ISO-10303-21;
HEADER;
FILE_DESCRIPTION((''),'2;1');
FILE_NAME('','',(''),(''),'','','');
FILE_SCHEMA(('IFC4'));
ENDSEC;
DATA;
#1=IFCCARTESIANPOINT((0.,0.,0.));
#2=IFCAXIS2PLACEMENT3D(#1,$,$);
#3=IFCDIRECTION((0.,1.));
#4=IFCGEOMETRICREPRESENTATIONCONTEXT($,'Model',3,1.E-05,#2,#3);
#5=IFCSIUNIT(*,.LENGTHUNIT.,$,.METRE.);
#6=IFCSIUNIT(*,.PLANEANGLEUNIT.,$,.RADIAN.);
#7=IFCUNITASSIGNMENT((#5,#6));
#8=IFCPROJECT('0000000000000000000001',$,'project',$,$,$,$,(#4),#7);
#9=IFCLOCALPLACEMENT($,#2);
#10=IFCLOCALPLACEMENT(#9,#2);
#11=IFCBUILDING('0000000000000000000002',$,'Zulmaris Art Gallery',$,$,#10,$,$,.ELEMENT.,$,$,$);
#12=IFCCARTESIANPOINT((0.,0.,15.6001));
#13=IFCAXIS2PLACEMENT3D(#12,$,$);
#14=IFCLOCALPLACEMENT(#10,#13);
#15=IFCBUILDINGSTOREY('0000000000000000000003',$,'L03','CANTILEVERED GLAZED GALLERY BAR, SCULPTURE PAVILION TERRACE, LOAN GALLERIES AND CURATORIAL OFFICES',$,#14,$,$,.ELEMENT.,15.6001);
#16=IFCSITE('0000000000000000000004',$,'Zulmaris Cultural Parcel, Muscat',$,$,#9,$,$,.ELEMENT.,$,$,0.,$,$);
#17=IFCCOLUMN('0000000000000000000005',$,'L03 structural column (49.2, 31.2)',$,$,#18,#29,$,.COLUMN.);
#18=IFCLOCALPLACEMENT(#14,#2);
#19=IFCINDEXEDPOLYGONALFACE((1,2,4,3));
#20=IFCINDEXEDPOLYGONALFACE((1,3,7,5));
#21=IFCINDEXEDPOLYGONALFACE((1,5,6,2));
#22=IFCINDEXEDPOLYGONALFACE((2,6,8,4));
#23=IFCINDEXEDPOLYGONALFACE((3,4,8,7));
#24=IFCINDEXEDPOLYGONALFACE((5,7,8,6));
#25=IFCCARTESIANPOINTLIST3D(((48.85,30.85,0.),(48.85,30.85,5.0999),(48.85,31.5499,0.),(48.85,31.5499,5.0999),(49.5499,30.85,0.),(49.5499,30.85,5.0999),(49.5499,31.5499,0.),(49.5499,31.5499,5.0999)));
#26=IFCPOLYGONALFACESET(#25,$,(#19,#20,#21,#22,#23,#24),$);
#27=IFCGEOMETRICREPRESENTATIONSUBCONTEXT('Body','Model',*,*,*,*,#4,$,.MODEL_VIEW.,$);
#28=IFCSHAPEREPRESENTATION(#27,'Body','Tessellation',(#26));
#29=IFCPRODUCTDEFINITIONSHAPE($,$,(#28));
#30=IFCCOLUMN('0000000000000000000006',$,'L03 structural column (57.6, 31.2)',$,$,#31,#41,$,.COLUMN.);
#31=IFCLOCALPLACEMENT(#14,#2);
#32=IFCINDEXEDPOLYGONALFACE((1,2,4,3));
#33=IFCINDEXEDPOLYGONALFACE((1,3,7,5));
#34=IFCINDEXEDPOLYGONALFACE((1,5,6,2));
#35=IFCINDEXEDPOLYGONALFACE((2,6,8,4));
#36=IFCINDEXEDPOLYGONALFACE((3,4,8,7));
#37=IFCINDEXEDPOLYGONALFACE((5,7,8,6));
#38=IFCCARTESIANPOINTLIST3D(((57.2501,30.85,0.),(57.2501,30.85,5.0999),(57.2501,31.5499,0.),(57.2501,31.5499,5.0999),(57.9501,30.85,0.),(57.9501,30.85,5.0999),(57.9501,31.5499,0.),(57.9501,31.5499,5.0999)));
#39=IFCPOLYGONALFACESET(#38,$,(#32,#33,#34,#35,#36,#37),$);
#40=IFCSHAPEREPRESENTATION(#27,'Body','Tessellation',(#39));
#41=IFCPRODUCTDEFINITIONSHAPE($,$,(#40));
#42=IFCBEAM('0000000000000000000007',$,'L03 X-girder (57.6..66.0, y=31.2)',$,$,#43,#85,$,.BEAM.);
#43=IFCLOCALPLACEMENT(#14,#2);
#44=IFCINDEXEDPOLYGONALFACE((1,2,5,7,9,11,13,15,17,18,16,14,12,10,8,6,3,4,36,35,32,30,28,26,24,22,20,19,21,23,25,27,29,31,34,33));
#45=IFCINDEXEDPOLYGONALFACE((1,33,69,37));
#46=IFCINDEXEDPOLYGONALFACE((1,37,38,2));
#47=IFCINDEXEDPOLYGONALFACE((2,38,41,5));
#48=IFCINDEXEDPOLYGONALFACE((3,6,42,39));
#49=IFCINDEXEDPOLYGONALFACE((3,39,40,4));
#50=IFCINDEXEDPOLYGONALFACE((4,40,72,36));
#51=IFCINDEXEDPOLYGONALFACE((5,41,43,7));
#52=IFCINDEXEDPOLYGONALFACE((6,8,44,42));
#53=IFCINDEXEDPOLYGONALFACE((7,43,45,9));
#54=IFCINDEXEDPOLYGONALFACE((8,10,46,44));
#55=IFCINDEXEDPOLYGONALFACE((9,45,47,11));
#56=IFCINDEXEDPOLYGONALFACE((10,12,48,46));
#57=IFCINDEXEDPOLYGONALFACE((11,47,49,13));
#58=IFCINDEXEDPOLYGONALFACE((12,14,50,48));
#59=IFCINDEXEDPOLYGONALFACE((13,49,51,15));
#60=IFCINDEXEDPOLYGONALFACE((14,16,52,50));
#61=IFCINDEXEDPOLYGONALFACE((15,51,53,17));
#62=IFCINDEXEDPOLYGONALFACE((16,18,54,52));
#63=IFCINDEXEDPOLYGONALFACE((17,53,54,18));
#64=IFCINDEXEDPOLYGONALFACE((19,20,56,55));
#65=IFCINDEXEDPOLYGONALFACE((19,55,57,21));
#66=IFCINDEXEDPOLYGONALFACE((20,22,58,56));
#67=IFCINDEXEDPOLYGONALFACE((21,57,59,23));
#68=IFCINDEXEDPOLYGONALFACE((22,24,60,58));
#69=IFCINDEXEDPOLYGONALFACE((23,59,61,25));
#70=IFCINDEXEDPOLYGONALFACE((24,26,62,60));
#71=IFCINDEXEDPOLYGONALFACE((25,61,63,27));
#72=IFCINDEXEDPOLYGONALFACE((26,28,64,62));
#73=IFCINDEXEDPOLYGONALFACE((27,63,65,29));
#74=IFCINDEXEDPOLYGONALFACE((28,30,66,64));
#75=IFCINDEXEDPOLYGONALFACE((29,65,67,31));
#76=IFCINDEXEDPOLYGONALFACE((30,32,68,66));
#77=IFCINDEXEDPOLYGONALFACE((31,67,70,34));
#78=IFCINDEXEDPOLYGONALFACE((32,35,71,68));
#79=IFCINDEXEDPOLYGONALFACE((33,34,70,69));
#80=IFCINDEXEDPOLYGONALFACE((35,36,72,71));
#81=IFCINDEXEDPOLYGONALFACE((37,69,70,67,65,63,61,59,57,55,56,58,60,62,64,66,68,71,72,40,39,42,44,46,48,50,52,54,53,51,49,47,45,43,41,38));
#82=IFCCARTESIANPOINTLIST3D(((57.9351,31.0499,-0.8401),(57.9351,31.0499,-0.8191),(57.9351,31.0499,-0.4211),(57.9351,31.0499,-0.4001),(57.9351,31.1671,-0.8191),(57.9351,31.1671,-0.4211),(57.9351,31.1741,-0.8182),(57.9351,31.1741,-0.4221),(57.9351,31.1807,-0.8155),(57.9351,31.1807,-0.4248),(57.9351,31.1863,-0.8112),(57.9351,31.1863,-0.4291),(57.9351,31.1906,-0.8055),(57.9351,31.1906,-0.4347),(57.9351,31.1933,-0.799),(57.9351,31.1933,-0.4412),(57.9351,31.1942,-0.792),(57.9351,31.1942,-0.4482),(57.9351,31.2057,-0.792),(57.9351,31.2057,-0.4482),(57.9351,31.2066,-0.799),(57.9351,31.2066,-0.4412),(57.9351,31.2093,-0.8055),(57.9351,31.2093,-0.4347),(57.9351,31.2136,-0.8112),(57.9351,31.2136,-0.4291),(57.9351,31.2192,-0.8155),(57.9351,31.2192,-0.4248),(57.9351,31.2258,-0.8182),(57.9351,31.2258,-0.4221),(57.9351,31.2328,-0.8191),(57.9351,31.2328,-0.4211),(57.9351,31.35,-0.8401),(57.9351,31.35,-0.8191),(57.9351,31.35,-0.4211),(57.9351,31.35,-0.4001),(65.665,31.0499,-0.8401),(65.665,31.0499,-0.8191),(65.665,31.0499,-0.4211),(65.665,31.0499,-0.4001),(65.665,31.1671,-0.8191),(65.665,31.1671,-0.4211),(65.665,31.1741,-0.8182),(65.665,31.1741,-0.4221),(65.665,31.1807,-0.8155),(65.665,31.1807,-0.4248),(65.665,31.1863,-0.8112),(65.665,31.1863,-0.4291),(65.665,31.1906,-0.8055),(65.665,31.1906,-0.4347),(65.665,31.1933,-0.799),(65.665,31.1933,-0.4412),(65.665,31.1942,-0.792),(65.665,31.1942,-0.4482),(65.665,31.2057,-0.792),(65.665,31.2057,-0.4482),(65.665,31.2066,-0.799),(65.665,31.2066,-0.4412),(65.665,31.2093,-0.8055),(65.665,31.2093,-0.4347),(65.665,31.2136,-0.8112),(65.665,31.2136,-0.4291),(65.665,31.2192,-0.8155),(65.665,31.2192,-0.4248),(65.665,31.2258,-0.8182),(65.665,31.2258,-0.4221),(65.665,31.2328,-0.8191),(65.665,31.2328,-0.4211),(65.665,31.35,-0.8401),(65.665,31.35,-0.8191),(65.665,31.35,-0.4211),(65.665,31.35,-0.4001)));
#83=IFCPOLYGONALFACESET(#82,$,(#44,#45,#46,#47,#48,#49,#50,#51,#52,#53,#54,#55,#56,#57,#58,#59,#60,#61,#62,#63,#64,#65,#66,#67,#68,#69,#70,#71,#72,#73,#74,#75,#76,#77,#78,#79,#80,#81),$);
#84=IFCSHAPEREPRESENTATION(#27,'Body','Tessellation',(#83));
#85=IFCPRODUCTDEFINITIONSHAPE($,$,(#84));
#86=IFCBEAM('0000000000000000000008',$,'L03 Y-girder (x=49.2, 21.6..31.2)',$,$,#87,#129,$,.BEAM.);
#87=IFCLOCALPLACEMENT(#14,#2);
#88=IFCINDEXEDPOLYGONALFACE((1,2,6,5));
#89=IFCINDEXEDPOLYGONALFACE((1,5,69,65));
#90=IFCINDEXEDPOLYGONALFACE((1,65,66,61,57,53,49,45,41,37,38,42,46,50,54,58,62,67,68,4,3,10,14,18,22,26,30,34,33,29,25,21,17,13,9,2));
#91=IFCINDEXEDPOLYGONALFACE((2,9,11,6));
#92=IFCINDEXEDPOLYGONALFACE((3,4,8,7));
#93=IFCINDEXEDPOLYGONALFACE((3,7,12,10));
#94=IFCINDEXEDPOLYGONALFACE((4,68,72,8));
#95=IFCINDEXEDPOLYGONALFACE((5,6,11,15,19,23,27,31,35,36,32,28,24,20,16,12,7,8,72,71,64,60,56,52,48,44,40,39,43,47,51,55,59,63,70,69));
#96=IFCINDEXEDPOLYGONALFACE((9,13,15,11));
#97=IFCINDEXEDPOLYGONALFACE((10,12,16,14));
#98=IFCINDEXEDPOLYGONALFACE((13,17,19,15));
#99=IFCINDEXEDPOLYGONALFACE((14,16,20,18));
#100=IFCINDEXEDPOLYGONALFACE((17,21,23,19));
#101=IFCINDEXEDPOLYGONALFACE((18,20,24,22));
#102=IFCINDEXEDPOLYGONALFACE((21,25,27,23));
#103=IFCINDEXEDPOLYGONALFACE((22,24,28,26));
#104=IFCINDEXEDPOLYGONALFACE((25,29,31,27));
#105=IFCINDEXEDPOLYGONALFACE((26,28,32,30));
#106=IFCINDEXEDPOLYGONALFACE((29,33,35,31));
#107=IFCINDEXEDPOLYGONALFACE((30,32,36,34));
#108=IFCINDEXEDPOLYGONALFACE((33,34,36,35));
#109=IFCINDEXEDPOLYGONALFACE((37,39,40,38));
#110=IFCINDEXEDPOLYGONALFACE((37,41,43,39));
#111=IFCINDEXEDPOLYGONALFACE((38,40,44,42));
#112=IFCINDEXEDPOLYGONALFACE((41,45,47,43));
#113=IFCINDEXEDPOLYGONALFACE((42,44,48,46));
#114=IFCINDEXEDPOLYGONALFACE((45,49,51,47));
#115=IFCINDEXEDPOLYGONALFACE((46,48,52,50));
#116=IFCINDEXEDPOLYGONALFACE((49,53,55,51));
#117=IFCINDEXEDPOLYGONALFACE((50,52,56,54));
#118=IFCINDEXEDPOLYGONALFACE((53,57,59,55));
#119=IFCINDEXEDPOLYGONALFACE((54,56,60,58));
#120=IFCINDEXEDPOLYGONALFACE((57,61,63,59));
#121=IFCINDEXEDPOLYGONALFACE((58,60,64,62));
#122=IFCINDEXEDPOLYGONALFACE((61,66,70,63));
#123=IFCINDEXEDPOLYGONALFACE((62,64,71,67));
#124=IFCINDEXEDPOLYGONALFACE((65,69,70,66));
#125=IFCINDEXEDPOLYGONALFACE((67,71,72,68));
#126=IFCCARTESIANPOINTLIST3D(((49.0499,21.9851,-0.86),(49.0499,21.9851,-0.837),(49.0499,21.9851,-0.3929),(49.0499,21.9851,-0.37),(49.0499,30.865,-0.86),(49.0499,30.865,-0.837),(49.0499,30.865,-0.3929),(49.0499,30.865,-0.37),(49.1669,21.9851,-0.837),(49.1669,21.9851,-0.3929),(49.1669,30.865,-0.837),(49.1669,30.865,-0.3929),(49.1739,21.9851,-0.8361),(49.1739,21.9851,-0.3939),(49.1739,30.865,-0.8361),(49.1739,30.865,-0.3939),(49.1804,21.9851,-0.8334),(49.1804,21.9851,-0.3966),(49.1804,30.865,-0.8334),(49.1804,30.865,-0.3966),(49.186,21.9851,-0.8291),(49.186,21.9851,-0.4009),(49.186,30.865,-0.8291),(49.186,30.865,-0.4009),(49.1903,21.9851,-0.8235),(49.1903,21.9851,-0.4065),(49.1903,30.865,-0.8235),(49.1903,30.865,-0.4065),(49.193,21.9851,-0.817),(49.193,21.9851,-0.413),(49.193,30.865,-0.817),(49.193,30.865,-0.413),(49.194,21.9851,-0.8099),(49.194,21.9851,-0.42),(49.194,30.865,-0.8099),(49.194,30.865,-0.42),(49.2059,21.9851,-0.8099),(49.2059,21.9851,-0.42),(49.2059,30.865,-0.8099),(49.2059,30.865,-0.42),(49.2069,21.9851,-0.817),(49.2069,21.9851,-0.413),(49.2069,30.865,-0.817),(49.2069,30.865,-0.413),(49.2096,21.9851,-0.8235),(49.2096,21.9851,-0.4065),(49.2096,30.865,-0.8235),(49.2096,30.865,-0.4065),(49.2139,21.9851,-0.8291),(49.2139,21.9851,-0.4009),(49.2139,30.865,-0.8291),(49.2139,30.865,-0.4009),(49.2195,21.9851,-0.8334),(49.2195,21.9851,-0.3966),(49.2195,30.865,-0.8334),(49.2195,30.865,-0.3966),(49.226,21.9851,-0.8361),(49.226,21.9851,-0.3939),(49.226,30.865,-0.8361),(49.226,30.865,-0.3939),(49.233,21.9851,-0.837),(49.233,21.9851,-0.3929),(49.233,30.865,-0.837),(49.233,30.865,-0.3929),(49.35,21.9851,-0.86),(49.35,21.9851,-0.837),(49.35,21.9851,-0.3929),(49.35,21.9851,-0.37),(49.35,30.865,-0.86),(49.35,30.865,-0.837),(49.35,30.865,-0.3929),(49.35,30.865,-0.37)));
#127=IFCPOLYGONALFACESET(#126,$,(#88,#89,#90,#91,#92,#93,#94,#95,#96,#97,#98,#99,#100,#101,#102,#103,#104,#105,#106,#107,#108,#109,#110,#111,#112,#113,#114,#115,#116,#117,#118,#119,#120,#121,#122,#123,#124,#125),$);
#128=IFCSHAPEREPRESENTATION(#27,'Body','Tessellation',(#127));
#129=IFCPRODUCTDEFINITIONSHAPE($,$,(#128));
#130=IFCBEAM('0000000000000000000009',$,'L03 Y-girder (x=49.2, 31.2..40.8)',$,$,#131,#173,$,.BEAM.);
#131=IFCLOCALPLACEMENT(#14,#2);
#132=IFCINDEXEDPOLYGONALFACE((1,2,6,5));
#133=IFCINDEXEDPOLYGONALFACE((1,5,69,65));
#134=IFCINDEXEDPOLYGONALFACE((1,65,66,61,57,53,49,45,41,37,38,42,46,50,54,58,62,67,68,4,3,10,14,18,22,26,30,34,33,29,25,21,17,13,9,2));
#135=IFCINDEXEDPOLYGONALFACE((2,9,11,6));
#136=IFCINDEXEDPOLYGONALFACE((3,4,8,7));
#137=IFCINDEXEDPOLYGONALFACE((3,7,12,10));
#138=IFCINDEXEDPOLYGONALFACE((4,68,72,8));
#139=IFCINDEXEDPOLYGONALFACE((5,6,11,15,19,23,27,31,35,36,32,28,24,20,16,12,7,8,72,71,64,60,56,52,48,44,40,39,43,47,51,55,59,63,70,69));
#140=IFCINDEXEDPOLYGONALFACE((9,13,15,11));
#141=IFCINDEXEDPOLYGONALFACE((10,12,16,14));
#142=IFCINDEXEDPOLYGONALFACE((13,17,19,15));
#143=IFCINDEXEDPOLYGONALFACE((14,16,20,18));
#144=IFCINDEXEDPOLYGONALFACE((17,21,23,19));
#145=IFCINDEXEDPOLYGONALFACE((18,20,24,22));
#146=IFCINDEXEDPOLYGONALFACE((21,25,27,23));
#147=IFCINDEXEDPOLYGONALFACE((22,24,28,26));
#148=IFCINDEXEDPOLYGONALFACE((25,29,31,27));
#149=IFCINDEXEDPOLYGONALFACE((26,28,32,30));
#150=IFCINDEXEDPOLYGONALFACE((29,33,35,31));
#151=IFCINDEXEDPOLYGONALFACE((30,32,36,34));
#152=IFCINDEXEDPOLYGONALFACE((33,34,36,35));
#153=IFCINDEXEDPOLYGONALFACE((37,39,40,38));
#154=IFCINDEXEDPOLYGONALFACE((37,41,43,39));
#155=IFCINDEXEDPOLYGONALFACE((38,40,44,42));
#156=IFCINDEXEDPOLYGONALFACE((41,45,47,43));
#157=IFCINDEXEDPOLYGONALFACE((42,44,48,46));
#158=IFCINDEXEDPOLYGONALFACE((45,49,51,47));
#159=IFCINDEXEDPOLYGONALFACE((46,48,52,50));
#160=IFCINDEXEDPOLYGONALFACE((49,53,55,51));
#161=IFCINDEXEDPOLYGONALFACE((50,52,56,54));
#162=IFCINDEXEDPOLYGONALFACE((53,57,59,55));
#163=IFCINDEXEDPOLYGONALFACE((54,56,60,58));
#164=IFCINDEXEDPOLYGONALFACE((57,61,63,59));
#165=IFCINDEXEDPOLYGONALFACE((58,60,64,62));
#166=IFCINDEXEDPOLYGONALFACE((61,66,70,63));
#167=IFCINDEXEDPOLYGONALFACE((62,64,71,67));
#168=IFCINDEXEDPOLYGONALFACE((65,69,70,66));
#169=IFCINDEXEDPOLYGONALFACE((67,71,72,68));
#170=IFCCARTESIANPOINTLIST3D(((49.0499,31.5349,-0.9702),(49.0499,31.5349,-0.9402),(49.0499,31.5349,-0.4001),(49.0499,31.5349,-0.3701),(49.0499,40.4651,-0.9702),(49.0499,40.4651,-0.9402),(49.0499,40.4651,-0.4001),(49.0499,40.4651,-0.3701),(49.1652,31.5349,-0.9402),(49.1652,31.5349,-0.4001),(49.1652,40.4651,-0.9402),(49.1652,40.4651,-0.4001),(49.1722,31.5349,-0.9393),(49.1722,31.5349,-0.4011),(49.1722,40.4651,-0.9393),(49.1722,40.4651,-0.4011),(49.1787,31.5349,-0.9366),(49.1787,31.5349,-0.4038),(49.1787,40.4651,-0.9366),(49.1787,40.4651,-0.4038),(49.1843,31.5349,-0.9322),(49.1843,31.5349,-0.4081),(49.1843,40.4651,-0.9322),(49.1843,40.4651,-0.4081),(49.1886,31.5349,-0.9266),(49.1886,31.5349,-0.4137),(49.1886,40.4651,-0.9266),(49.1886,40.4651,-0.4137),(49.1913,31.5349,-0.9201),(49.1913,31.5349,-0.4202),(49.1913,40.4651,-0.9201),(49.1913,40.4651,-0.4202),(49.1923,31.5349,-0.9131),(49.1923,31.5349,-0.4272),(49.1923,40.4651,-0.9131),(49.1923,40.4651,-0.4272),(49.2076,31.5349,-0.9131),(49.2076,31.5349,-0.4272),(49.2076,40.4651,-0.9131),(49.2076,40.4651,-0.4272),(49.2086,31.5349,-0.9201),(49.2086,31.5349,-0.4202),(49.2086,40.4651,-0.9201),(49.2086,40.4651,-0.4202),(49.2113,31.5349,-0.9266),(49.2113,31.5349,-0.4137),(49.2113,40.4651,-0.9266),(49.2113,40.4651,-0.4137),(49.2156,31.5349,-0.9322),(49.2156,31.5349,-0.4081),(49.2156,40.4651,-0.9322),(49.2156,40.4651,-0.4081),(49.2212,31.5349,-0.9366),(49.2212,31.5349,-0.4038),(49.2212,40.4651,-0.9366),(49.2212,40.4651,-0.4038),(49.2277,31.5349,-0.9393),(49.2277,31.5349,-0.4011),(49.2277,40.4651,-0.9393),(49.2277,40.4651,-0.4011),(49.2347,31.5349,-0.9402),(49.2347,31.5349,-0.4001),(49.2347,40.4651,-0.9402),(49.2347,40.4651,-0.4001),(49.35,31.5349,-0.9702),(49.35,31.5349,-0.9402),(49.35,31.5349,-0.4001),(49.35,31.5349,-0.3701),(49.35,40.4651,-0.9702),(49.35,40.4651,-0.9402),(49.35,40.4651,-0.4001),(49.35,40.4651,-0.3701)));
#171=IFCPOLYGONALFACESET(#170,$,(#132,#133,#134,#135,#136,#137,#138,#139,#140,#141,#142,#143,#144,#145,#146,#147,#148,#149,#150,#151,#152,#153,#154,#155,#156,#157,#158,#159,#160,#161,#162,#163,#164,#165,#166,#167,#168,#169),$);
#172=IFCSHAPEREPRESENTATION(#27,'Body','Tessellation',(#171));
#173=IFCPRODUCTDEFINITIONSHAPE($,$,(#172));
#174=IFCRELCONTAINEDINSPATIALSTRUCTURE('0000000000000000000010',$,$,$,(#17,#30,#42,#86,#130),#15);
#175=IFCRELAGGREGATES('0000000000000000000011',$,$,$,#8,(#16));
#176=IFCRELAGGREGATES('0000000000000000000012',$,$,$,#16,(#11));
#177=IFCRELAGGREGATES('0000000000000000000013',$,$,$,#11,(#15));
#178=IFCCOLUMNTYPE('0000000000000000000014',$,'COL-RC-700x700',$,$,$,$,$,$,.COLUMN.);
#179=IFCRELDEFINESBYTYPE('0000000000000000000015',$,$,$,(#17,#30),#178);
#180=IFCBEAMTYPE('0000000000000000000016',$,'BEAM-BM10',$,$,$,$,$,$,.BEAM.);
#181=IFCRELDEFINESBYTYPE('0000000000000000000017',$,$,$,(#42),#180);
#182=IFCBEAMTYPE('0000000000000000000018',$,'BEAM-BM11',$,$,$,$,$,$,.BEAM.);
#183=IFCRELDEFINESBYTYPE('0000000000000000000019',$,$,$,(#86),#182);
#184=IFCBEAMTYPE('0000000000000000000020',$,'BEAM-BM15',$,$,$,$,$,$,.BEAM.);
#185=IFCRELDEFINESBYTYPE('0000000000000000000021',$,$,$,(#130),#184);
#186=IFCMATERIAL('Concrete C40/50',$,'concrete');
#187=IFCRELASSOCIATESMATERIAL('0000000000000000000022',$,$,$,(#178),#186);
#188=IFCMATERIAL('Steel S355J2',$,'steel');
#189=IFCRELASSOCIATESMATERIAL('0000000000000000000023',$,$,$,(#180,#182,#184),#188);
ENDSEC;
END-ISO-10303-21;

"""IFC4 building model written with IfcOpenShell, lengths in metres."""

from ifc_helpers import new_model, si_unit, direction, frame, origin, origin_2d, place, context, subcontext, project, spatial, rectangle, i_section, extrude, material, material_profile, profile_set, type_object, element, save


model = new_model("IFC4")

# Units and contexts
model_context = context("Model", 3, precision=1e-05, world=origin(), true_north=direction((0.0, 1.0)))
body_context = subcontext(model_context, "Body", "Model", "MODEL_VIEW")
ifc_project = project(units=[si_unit("LENGTHUNIT", "METRE"), si_unit("PLANEANGLEUNIT", "RADIAN")], contexts=[model_context])

# Site, building, storey
site_placement = place(None, origin())
site = spatial("IfcSite", under=ifc_project, at=site_placement, Name="Zulmaris Cultural Parcel, Muscat", CompositionType="ELEMENT", RefElevation=0.0)
building_placement = place(site_placement, origin())
building = spatial("IfcBuilding", under=site, at=building_placement, Name="Zulmaris Art Gallery", CompositionType="ELEMENT")
storey_placement = place(building_placement, frame((0.0, 0.0, 15.6001)))
storey = spatial("IfcBuildingStorey", under=building, at=storey_placement, Name="L03", Description="CANTILEVERED GLAZED GALLERY BAR, SCULPTURE PAVILION TERRACE, LOAN GALLERIES AND CURATORIAL OFFICES", CompositionType="ELEMENT", Elevation=15.6001)

# Columns
ifc_material_1 = material(Name="Concrete C40/50", Category="concrete")
ifc_material_profile_1 = material_profile(ifc_material_1, rectangle(XDim=0.7, YDim=0.7, at=origin_2d()), Name="RC 700x700")
ifc_profile_set_1 = profile_set([ifc_material_profile_1], Name="Concrete C40/50")
column_type = type_object("IfcColumnType", Name="COL-RC-700x700", PredefinedType="COLUMN", material=ifc_profile_set_1)
for number, where, z_axis, x_axis, name in (
    (1, (49.2, 31.2, 0.0), (0.0, 0.0, 1.0), (1.0, 0.0, 0.0), "L03 structural column (49.2, 31.2)"),
    (2, (57.6001, 31.2, 0.0), (0.0, 0.0, 1.0), (1.0, 0.0, 0.0), "L03 structural column (57.6, 31.2)"),
):
    element("IfcColumn", number, at=place(storey_placement, frame(where, z_axis=z_axis, x_axis=x_axis)), inside=storey, type_object=column_type, Name=name, PredefinedType="COLUMN", context=body_context, shape_type="SweptSolid", body=[
        extrude(rectangle(XDim=0.7, YDim=0.7, at=origin_2d()), origin(), (0.0, 0.0, 1.0), 5.0999),
    ])

# Beams
ifc_material_2 = material(Name="Steel S355J2", Category="steel")
ifc_material_profile_2 = material_profile(ifc_material_2, i_section(OverallWidth=0.3, OverallDepth=0.4399, WebThickness=0.0115, FlangeThickness=0.021, FilletRadius=0.0271, at=origin_2d()), Name="HEA 450")
ifc_profile_set_2 = profile_set([ifc_material_profile_2], Name="Steel S355J2")
beam_type_1 = type_object("IfcBeamType", Name="BEAM-BM10", PredefinedType="BEAM", material=ifc_profile_set_2)
beam_1_placement = place(storey_placement, frame((57.9351, 31.2, -0.6201), z_axis=(1.0, 0.0, 0.0), x_axis=(0.0, 1.0, 0.0)))
element("IfcBeam", 3, at=beam_1_placement, inside=storey, type_object=beam_type_1, Name="L03 X-girder (57.6..66.0, y=31.2)", PredefinedType="BEAM", context=body_context, shape_type="SweptSolid", body=[
    extrude(i_section(OverallWidth=0.3, OverallDepth=0.4399, WebThickness=0.0115, FlangeThickness=0.021, FilletRadius=0.0271, at=origin_2d()), origin(), (0.0, 0.0, 1.0), 7.73),
])
ifc_material_profile_3 = material_profile(ifc_material_2, i_section(OverallWidth=0.3, OverallDepth=0.49, WebThickness=0.012, FlangeThickness=0.0229, FilletRadius=0.0271, at=origin_2d()), Name="HEA 500")
ifc_profile_set_3 = profile_set([ifc_material_profile_3], Name="Steel S355J2")
beam_type_2 = type_object("IfcBeamType", Name="BEAM-BM11", PredefinedType="BEAM", material=ifc_profile_set_3)
beam_2_placement = place(storey_placement, frame((49.2, 21.9851, -0.615), z_axis=(0.0, 1.0, 0.0), x_axis=(-1.0, 0.0, 0.0)))
element("IfcBeam", 4, at=beam_2_placement, inside=storey, type_object=beam_type_2, Name="L03 Y-girder (x=49.2, 21.6..31.2)", PredefinedType="BEAM", context=body_context, shape_type="SweptSolid", body=[
    extrude(i_section(OverallWidth=0.3, OverallDepth=0.49, WebThickness=0.012, FlangeThickness=0.0229, FilletRadius=0.0271, at=origin_2d()), origin(), (0.0, 0.0, 1.0), 8.8799),
])
ifc_material_profile_4 = material_profile(ifc_material_2, i_section(OverallWidth=0.3, OverallDepth=0.6001, WebThickness=0.0154, FlangeThickness=0.03, FilletRadius=0.0271, at=origin_2d()), Name="HEB 600")
ifc_profile_set_4 = profile_set([ifc_material_profile_4], Name="Steel S355J2")
beam_type_3 = type_object("IfcBeamType", Name="BEAM-BM15", PredefinedType="BEAM", material=ifc_profile_set_4)
beam_3_placement = place(storey_placement, frame((49.2, 31.5349, -0.6702), z_axis=(0.0, 1.0, 0.0), x_axis=(-1.0, 0.0, 0.0)))
element("IfcBeam", 5, at=beam_3_placement, inside=storey, type_object=beam_type_3, Name="L03 Y-girder (x=49.2, 31.2..40.8)", PredefinedType="BEAM", context=body_context, shape_type="SweptSolid", body=[
    extrude(i_section(OverallWidth=0.3, OverallDepth=0.6001, WebThickness=0.0154, FlangeThickness=0.03, FilletRadius=0.0271, at=origin_2d()), origin(), (0.0, 0.0, 1.0), 8.9302),
])

save(model, "model.ifc")
